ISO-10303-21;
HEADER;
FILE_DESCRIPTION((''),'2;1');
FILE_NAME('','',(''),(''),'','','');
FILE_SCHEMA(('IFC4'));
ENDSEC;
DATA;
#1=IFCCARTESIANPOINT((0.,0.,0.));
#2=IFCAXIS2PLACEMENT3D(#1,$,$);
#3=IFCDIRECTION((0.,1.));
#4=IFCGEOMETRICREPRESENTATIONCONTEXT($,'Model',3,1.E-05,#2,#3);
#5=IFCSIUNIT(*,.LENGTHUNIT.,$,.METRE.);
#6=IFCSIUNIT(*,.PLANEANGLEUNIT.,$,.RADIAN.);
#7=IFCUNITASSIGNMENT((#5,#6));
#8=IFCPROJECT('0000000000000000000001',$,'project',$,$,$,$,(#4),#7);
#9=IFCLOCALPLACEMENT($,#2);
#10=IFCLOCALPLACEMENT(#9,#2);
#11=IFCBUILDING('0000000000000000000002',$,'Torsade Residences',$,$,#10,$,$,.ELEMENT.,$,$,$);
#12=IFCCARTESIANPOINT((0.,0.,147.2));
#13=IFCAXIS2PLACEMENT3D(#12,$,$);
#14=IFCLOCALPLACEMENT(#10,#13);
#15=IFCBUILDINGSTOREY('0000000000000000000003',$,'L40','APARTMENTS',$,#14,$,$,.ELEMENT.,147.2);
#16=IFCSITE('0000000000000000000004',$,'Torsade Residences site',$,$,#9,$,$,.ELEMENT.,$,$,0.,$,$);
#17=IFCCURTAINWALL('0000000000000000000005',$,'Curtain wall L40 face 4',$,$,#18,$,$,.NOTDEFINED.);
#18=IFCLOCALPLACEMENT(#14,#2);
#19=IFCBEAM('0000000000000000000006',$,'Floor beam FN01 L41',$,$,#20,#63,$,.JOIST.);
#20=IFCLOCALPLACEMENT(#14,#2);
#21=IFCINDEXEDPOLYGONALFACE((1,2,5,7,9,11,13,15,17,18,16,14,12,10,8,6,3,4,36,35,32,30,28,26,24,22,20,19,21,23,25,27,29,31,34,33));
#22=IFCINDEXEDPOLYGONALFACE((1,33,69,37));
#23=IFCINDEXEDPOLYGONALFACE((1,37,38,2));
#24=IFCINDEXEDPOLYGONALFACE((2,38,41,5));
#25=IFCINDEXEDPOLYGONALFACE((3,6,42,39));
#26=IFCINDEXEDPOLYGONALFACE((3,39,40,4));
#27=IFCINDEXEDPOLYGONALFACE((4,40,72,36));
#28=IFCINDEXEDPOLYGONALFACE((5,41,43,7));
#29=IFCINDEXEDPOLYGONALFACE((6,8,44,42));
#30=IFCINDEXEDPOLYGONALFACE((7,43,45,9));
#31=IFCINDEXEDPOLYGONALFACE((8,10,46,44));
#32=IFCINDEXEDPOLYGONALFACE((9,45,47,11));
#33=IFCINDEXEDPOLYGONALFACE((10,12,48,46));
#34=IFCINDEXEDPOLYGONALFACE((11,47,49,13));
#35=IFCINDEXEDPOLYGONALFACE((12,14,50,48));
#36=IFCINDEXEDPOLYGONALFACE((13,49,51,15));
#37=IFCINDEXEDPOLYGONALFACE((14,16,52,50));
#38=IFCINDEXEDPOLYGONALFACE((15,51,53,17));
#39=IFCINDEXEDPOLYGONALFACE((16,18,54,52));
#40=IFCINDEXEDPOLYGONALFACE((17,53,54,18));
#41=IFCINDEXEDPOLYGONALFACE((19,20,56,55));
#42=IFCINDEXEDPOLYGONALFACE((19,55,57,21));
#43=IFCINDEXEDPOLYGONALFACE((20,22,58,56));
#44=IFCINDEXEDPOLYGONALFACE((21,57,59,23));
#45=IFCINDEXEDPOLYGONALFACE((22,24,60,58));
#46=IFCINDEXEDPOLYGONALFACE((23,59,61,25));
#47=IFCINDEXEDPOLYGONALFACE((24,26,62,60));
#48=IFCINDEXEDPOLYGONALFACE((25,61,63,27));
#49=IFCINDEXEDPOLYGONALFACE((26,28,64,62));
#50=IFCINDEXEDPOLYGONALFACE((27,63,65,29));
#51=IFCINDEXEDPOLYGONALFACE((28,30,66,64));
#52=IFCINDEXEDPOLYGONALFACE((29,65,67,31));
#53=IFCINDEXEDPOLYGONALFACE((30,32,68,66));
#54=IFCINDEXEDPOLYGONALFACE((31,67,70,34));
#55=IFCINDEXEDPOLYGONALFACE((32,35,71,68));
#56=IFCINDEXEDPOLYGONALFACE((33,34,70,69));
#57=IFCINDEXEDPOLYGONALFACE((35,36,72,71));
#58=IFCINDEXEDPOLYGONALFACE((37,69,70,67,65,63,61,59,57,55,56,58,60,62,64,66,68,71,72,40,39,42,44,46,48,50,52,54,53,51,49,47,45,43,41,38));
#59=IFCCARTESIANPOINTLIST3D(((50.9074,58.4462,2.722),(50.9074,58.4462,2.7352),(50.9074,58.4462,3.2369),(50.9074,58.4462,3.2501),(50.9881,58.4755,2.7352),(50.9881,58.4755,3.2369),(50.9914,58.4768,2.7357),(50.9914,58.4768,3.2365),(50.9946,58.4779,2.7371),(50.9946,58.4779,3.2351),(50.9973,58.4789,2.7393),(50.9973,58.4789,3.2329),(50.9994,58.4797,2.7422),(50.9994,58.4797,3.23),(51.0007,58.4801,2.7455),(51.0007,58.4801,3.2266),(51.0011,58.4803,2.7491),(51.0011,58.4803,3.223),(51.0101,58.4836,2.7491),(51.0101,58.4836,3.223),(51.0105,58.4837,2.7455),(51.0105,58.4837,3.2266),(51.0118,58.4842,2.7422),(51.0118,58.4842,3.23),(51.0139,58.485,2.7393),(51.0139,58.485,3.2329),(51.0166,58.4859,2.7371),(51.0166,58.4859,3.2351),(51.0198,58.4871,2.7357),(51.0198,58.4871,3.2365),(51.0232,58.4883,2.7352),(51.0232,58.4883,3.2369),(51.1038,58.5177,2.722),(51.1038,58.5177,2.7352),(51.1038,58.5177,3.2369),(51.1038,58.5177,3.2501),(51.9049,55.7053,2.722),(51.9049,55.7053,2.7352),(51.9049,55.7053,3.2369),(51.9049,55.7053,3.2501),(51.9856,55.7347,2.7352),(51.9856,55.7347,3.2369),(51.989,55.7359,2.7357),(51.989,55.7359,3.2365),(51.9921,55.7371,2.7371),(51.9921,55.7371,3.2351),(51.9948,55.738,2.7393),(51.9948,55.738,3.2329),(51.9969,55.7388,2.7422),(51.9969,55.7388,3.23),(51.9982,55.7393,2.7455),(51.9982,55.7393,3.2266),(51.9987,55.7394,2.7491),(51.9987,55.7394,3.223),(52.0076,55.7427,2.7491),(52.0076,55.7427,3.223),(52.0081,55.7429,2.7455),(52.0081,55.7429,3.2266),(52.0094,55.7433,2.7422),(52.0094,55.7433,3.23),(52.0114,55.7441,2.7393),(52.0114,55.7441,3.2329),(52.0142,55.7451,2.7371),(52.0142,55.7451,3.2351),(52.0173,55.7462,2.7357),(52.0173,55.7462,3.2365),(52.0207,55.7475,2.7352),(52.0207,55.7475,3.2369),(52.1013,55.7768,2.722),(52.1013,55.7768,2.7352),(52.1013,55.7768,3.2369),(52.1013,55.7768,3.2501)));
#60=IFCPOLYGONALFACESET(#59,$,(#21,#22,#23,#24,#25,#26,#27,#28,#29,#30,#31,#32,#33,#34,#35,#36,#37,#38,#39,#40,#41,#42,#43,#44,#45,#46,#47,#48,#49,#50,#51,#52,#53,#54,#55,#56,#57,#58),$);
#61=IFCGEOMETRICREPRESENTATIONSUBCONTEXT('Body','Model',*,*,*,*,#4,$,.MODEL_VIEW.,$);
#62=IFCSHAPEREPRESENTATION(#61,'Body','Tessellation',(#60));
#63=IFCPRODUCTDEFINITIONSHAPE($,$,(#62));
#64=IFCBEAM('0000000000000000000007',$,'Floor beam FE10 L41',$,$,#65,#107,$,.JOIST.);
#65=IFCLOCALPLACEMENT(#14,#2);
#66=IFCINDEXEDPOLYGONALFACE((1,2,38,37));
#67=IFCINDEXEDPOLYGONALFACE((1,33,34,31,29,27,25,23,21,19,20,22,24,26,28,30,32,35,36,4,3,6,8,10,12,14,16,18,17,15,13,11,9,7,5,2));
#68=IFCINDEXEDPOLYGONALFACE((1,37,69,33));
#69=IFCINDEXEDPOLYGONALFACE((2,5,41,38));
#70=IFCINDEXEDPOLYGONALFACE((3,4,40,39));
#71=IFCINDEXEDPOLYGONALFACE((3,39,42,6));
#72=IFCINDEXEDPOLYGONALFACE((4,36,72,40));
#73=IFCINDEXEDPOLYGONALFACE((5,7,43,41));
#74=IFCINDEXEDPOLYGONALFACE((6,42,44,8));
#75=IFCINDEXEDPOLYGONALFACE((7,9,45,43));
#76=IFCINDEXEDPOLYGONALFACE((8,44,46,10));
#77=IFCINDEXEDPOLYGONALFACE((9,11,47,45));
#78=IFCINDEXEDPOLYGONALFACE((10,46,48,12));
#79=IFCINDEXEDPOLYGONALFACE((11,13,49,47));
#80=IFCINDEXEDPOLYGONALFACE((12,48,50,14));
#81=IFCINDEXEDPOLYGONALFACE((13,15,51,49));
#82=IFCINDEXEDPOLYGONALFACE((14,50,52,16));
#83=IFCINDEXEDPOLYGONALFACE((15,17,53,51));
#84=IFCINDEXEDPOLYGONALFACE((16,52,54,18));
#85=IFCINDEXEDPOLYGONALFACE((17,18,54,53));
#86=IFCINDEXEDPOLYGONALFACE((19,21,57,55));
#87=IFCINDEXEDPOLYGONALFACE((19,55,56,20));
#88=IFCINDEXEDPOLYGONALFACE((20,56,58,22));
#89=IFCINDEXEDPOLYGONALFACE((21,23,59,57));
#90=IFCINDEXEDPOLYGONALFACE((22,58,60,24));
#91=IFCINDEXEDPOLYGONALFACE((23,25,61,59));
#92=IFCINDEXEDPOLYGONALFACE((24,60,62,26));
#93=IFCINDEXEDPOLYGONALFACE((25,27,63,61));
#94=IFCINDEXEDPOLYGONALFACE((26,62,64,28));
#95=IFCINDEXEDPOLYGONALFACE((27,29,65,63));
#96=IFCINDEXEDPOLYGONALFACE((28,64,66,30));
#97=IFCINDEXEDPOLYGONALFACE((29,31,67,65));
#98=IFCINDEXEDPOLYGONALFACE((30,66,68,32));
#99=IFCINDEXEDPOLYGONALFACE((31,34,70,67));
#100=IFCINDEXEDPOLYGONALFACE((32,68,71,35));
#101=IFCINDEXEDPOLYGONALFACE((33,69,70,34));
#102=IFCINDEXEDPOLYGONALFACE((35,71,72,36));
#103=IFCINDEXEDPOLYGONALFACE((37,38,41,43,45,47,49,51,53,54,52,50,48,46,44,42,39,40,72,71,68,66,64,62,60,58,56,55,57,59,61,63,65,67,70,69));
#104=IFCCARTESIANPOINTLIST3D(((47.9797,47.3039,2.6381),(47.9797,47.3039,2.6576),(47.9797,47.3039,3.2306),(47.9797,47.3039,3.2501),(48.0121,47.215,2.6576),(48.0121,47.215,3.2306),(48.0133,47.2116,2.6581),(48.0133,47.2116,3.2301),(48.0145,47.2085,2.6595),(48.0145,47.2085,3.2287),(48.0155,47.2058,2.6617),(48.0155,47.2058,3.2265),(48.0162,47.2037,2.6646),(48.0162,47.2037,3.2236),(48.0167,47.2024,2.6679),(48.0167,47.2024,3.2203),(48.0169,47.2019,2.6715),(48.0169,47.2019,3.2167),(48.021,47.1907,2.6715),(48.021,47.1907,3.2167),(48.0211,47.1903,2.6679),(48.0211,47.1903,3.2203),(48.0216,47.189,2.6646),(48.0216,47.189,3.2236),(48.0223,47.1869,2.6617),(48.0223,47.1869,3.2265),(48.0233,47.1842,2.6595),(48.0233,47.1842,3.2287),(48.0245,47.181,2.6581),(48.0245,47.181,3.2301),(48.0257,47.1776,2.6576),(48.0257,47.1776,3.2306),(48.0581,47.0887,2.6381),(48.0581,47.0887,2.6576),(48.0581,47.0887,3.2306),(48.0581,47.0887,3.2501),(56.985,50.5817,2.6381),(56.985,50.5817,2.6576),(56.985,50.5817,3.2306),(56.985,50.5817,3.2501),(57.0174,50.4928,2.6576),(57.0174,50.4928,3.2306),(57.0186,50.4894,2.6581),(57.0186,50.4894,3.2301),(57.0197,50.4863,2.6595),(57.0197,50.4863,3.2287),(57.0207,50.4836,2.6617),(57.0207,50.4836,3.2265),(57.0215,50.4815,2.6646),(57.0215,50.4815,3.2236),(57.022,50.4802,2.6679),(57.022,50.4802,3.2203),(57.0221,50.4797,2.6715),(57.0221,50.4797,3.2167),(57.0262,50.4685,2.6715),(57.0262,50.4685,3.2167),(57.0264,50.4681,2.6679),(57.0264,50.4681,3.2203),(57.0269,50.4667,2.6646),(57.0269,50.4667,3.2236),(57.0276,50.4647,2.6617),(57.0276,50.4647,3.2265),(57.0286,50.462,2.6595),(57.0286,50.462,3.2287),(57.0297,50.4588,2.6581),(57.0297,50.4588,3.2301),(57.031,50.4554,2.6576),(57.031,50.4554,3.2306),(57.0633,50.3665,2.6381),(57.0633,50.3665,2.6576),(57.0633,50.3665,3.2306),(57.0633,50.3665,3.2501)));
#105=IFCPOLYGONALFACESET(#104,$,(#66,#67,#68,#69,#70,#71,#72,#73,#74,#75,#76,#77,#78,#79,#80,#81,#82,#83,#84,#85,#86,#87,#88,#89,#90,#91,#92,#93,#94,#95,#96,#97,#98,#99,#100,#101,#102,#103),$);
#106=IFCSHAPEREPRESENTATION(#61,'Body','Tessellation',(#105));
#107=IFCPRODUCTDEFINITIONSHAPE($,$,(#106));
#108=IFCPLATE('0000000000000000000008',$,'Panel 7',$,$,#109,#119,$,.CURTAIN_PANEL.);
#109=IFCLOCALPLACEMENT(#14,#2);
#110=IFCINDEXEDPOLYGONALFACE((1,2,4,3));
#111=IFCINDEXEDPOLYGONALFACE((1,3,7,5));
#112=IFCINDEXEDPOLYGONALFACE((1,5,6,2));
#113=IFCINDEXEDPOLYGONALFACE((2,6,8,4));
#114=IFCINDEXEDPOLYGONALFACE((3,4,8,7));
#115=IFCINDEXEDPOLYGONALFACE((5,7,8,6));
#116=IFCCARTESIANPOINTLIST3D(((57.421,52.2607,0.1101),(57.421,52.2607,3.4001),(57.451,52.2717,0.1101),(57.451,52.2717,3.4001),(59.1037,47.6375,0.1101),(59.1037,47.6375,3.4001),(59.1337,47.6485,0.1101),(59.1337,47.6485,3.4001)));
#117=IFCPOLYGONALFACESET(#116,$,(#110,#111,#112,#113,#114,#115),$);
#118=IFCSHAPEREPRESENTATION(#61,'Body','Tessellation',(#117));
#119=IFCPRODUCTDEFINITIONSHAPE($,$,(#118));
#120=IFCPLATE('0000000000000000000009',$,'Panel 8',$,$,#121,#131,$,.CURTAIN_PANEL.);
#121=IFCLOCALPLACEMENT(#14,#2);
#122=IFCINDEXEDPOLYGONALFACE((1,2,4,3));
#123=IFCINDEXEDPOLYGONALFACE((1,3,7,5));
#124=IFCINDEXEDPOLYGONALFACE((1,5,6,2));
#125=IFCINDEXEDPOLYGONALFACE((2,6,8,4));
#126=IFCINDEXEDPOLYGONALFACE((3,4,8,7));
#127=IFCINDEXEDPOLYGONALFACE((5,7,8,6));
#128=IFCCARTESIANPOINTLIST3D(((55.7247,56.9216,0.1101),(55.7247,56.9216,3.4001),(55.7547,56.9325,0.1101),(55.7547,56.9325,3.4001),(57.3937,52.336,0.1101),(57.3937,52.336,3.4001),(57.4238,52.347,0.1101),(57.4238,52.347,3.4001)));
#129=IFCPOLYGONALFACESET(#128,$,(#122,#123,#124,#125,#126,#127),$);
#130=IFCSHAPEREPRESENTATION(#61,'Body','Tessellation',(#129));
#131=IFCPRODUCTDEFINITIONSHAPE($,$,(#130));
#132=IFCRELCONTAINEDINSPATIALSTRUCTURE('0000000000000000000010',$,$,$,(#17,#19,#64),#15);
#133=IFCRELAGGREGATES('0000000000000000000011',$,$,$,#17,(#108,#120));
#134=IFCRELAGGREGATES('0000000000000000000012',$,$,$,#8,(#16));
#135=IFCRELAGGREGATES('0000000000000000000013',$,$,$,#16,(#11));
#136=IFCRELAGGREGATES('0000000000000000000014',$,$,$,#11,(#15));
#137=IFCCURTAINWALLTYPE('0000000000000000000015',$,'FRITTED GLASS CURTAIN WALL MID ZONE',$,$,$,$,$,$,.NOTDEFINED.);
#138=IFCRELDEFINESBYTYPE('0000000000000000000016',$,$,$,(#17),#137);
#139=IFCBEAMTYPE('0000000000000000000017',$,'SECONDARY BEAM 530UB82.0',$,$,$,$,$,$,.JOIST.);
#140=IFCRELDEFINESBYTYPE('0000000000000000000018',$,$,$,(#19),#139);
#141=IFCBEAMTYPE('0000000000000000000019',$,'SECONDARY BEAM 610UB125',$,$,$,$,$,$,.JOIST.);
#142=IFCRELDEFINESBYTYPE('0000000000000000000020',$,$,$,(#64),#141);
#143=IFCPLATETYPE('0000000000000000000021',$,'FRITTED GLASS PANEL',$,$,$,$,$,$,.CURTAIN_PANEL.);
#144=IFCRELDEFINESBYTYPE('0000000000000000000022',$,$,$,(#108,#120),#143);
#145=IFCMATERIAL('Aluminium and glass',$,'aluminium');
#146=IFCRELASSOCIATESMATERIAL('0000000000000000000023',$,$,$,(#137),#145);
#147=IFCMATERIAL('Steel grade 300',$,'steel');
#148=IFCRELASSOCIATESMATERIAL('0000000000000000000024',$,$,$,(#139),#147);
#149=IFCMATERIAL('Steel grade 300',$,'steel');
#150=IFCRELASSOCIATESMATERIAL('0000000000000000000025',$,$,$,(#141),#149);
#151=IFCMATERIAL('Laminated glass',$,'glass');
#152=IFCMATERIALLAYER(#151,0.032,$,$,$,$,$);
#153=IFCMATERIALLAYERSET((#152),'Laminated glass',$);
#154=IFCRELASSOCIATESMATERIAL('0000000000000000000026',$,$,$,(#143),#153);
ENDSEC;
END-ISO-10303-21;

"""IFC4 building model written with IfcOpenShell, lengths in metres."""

from ifc_helpers import new_model, si_unit, direction, frame, origin, origin_2d, place, context, subcontext, project, spatial, rectangle, i_section, extrude, material, layer, layer_set, material_profile, profile_set, type_object, element, aggregate, save


model = new_model("IFC4")

# Units and contexts
model_context = context("Model", 3, precision=1e-05, world=origin(), true_north=direction((0.0, 1.0)))
body_context = subcontext(model_context, "Body", "Model", "MODEL_VIEW")
ifc_project = project(units=[si_unit("LENGTHUNIT", "METRE"), si_unit("PLANEANGLEUNIT", "RADIAN")], contexts=[model_context])

# Site, building, storey
site_placement = place(None, origin())
site = spatial("IfcSite", under=ifc_project, at=site_placement, Name="Torsade Residences site", CompositionType="ELEMENT", RefElevation=0.0)
building_placement = place(site_placement, origin())
building = spatial("IfcBuilding", under=site, at=building_placement, Name="Torsade Residences", CompositionType="ELEMENT")
storey_placement = place(building_placement, frame((0.0, 0.0, 147.2)))
storey = spatial("IfcBuildingStorey", under=building, at=storey_placement, Name="L40", Description="APARTMENTS", CompositionType="ELEMENT", Elevation=147.2)

# Curtain wall
ifc_material_1 = material(Name="Aluminium and glass", Category="aluminium")
curtain_wall_type = type_object("IfcCurtainWallType", Name="FRITTED GLASS CURTAIN WALL MID ZONE", PredefinedType="NOTDEFINED", material=ifc_material_1)
curtain_wall_placement = place(storey_placement, origin())
curtain_wall = element("IfcCurtainWall", 1, at=curtain_wall_placement, inside=storey, type_object=curtain_wall_type, Name="Curtain wall L40 face 4", PredefinedType="NOTDEFINED")

# Beams
ifc_material_2 = material(Name="Steel grade 300", Category="steel")
ifc_material_profile_1 = material_profile(ifc_material_2, i_section(OverallWidth=0.209, OverallDepth=0.5281, WebThickness=0.0095, FlangeThickness=0.0132, FilletRadius=0.0139, at=origin_2d()), Name="530UB82.0")
ifc_profile_set_1 = profile_set([ifc_material_profile_1], Name="Steel grade 300")
beam_type_1 = type_object("IfcBeamType", Name="SECONDARY BEAM 530UB82.0", PredefinedType="JOIST", material=ifc_profile_set_1)
for number, where, z_axis, x_axis, name in (
    (2, (51.0056, 58.4819, 2.9861), (0.341998, -0.939701, 0.0), (0.939701, 0.341998, 0.0), "Floor beam FN01 L41"),
):
    element("IfcBeam", number, at=place(storey_placement, frame(where, z_axis=z_axis, x_axis=x_axis)), inside=storey, type_object=beam_type_1, Name=name, PredefinedType="JOIST", context=body_context, shape_type="SweptSolid", body=[
        extrude(i_section(OverallWidth=0.209, OverallDepth=0.5281, WebThickness=0.0095, FlangeThickness=0.0132, FilletRadius=0.0139, at=origin_2d()), origin(), (0.0, 0.0, 1.0), 2.9167),
    ])
ifc_material_3 = material(Name="Steel grade 300", Category="steel")
ifc_material_profile_2 = material_profile(ifc_material_3, i_section(OverallWidth=0.229, OverallDepth=0.6121, WebThickness=0.012, FlangeThickness=0.0195, FilletRadius=0.0139, at=origin_2d()), Name="610UB125")
ifc_profile_set_2 = profile_set([ifc_material_profile_2], Name="Steel grade 300")
beam_type_2 = type_object("IfcBeamType", Name="SECONDARY BEAM 610UB125", PredefinedType="JOIST", material=ifc_profile_set_2)
beam_1_placement = place(storey_placement, frame((57.0242, 50.4741, 2.9441), z_axis=(-0.939688, -0.342034, 0.0), x_axis=(0.342034, -0.939688, 0.0)))
element("IfcBeam", 3, at=beam_1_placement, inside=storey, type_object=beam_type_2, Name="Floor beam FE10 L41", PredefinedType="JOIST", context=body_context, shape_type="SweptSolid", body=[
    extrude(i_section(OverallWidth=0.229, OverallDepth=0.6121, WebThickness=0.012, FlangeThickness=0.0195, FilletRadius=0.0139, at=origin_2d()), origin(), (0.0, 0.0, 1.0), 9.5833),
])

# Plates
ifc_material_4 = material(Name="Laminated glass", Category="glass")
ifc_layer_1 = layer(ifc_material_4, 0.032)
ifc_layer_set_1 = layer_set([ifc_layer_1], Name="Laminated glass")
plate_type = type_object("IfcPlateType", Name="FRITTED GLASS PANEL", PredefinedType="CURTAIN_PANEL", material=ifc_layer_set_1)
plate_1_placement = place(storey_placement, frame((58.2773, 49.9546, 0.1101), z_axis=(0.0, 0.0, 1.0), x_axis=(-0.34202, 0.939693, 0.0)))
plate_1 = element("IfcPlate", 4, at=plate_1_placement, type_object=plate_type, Name="Panel 7", PredefinedType="CURTAIN_PANEL", context=body_context, shape_type="SweptSolid", body=[
    extrude(rectangle(XDim=4.9199, YDim=0.032, at=origin_2d()), origin(), (0.0, 0.0, 1.0), 3.29),
])
plate_2_placement = place(storey_placement, frame((56.5742, 54.6343, 0.1101), z_axis=(0.0, 0.0, 1.0), x_axis=(-0.34202, 0.939693, 0.0)))
plate_2 = element("IfcPlate", 5, at=plate_2_placement, type_object=plate_type, Name="Panel 8", PredefinedType="CURTAIN_PANEL", context=body_context, shape_type="SweptSolid", body=[
    extrude(rectangle(XDim=4.8799, YDim=0.032, at=origin_2d()), origin(), (0.0, 0.0, 1.0), 3.29),
])
aggregate(curtain_wall, [plate_1, plate_2])

save(model, "model.ifc")
